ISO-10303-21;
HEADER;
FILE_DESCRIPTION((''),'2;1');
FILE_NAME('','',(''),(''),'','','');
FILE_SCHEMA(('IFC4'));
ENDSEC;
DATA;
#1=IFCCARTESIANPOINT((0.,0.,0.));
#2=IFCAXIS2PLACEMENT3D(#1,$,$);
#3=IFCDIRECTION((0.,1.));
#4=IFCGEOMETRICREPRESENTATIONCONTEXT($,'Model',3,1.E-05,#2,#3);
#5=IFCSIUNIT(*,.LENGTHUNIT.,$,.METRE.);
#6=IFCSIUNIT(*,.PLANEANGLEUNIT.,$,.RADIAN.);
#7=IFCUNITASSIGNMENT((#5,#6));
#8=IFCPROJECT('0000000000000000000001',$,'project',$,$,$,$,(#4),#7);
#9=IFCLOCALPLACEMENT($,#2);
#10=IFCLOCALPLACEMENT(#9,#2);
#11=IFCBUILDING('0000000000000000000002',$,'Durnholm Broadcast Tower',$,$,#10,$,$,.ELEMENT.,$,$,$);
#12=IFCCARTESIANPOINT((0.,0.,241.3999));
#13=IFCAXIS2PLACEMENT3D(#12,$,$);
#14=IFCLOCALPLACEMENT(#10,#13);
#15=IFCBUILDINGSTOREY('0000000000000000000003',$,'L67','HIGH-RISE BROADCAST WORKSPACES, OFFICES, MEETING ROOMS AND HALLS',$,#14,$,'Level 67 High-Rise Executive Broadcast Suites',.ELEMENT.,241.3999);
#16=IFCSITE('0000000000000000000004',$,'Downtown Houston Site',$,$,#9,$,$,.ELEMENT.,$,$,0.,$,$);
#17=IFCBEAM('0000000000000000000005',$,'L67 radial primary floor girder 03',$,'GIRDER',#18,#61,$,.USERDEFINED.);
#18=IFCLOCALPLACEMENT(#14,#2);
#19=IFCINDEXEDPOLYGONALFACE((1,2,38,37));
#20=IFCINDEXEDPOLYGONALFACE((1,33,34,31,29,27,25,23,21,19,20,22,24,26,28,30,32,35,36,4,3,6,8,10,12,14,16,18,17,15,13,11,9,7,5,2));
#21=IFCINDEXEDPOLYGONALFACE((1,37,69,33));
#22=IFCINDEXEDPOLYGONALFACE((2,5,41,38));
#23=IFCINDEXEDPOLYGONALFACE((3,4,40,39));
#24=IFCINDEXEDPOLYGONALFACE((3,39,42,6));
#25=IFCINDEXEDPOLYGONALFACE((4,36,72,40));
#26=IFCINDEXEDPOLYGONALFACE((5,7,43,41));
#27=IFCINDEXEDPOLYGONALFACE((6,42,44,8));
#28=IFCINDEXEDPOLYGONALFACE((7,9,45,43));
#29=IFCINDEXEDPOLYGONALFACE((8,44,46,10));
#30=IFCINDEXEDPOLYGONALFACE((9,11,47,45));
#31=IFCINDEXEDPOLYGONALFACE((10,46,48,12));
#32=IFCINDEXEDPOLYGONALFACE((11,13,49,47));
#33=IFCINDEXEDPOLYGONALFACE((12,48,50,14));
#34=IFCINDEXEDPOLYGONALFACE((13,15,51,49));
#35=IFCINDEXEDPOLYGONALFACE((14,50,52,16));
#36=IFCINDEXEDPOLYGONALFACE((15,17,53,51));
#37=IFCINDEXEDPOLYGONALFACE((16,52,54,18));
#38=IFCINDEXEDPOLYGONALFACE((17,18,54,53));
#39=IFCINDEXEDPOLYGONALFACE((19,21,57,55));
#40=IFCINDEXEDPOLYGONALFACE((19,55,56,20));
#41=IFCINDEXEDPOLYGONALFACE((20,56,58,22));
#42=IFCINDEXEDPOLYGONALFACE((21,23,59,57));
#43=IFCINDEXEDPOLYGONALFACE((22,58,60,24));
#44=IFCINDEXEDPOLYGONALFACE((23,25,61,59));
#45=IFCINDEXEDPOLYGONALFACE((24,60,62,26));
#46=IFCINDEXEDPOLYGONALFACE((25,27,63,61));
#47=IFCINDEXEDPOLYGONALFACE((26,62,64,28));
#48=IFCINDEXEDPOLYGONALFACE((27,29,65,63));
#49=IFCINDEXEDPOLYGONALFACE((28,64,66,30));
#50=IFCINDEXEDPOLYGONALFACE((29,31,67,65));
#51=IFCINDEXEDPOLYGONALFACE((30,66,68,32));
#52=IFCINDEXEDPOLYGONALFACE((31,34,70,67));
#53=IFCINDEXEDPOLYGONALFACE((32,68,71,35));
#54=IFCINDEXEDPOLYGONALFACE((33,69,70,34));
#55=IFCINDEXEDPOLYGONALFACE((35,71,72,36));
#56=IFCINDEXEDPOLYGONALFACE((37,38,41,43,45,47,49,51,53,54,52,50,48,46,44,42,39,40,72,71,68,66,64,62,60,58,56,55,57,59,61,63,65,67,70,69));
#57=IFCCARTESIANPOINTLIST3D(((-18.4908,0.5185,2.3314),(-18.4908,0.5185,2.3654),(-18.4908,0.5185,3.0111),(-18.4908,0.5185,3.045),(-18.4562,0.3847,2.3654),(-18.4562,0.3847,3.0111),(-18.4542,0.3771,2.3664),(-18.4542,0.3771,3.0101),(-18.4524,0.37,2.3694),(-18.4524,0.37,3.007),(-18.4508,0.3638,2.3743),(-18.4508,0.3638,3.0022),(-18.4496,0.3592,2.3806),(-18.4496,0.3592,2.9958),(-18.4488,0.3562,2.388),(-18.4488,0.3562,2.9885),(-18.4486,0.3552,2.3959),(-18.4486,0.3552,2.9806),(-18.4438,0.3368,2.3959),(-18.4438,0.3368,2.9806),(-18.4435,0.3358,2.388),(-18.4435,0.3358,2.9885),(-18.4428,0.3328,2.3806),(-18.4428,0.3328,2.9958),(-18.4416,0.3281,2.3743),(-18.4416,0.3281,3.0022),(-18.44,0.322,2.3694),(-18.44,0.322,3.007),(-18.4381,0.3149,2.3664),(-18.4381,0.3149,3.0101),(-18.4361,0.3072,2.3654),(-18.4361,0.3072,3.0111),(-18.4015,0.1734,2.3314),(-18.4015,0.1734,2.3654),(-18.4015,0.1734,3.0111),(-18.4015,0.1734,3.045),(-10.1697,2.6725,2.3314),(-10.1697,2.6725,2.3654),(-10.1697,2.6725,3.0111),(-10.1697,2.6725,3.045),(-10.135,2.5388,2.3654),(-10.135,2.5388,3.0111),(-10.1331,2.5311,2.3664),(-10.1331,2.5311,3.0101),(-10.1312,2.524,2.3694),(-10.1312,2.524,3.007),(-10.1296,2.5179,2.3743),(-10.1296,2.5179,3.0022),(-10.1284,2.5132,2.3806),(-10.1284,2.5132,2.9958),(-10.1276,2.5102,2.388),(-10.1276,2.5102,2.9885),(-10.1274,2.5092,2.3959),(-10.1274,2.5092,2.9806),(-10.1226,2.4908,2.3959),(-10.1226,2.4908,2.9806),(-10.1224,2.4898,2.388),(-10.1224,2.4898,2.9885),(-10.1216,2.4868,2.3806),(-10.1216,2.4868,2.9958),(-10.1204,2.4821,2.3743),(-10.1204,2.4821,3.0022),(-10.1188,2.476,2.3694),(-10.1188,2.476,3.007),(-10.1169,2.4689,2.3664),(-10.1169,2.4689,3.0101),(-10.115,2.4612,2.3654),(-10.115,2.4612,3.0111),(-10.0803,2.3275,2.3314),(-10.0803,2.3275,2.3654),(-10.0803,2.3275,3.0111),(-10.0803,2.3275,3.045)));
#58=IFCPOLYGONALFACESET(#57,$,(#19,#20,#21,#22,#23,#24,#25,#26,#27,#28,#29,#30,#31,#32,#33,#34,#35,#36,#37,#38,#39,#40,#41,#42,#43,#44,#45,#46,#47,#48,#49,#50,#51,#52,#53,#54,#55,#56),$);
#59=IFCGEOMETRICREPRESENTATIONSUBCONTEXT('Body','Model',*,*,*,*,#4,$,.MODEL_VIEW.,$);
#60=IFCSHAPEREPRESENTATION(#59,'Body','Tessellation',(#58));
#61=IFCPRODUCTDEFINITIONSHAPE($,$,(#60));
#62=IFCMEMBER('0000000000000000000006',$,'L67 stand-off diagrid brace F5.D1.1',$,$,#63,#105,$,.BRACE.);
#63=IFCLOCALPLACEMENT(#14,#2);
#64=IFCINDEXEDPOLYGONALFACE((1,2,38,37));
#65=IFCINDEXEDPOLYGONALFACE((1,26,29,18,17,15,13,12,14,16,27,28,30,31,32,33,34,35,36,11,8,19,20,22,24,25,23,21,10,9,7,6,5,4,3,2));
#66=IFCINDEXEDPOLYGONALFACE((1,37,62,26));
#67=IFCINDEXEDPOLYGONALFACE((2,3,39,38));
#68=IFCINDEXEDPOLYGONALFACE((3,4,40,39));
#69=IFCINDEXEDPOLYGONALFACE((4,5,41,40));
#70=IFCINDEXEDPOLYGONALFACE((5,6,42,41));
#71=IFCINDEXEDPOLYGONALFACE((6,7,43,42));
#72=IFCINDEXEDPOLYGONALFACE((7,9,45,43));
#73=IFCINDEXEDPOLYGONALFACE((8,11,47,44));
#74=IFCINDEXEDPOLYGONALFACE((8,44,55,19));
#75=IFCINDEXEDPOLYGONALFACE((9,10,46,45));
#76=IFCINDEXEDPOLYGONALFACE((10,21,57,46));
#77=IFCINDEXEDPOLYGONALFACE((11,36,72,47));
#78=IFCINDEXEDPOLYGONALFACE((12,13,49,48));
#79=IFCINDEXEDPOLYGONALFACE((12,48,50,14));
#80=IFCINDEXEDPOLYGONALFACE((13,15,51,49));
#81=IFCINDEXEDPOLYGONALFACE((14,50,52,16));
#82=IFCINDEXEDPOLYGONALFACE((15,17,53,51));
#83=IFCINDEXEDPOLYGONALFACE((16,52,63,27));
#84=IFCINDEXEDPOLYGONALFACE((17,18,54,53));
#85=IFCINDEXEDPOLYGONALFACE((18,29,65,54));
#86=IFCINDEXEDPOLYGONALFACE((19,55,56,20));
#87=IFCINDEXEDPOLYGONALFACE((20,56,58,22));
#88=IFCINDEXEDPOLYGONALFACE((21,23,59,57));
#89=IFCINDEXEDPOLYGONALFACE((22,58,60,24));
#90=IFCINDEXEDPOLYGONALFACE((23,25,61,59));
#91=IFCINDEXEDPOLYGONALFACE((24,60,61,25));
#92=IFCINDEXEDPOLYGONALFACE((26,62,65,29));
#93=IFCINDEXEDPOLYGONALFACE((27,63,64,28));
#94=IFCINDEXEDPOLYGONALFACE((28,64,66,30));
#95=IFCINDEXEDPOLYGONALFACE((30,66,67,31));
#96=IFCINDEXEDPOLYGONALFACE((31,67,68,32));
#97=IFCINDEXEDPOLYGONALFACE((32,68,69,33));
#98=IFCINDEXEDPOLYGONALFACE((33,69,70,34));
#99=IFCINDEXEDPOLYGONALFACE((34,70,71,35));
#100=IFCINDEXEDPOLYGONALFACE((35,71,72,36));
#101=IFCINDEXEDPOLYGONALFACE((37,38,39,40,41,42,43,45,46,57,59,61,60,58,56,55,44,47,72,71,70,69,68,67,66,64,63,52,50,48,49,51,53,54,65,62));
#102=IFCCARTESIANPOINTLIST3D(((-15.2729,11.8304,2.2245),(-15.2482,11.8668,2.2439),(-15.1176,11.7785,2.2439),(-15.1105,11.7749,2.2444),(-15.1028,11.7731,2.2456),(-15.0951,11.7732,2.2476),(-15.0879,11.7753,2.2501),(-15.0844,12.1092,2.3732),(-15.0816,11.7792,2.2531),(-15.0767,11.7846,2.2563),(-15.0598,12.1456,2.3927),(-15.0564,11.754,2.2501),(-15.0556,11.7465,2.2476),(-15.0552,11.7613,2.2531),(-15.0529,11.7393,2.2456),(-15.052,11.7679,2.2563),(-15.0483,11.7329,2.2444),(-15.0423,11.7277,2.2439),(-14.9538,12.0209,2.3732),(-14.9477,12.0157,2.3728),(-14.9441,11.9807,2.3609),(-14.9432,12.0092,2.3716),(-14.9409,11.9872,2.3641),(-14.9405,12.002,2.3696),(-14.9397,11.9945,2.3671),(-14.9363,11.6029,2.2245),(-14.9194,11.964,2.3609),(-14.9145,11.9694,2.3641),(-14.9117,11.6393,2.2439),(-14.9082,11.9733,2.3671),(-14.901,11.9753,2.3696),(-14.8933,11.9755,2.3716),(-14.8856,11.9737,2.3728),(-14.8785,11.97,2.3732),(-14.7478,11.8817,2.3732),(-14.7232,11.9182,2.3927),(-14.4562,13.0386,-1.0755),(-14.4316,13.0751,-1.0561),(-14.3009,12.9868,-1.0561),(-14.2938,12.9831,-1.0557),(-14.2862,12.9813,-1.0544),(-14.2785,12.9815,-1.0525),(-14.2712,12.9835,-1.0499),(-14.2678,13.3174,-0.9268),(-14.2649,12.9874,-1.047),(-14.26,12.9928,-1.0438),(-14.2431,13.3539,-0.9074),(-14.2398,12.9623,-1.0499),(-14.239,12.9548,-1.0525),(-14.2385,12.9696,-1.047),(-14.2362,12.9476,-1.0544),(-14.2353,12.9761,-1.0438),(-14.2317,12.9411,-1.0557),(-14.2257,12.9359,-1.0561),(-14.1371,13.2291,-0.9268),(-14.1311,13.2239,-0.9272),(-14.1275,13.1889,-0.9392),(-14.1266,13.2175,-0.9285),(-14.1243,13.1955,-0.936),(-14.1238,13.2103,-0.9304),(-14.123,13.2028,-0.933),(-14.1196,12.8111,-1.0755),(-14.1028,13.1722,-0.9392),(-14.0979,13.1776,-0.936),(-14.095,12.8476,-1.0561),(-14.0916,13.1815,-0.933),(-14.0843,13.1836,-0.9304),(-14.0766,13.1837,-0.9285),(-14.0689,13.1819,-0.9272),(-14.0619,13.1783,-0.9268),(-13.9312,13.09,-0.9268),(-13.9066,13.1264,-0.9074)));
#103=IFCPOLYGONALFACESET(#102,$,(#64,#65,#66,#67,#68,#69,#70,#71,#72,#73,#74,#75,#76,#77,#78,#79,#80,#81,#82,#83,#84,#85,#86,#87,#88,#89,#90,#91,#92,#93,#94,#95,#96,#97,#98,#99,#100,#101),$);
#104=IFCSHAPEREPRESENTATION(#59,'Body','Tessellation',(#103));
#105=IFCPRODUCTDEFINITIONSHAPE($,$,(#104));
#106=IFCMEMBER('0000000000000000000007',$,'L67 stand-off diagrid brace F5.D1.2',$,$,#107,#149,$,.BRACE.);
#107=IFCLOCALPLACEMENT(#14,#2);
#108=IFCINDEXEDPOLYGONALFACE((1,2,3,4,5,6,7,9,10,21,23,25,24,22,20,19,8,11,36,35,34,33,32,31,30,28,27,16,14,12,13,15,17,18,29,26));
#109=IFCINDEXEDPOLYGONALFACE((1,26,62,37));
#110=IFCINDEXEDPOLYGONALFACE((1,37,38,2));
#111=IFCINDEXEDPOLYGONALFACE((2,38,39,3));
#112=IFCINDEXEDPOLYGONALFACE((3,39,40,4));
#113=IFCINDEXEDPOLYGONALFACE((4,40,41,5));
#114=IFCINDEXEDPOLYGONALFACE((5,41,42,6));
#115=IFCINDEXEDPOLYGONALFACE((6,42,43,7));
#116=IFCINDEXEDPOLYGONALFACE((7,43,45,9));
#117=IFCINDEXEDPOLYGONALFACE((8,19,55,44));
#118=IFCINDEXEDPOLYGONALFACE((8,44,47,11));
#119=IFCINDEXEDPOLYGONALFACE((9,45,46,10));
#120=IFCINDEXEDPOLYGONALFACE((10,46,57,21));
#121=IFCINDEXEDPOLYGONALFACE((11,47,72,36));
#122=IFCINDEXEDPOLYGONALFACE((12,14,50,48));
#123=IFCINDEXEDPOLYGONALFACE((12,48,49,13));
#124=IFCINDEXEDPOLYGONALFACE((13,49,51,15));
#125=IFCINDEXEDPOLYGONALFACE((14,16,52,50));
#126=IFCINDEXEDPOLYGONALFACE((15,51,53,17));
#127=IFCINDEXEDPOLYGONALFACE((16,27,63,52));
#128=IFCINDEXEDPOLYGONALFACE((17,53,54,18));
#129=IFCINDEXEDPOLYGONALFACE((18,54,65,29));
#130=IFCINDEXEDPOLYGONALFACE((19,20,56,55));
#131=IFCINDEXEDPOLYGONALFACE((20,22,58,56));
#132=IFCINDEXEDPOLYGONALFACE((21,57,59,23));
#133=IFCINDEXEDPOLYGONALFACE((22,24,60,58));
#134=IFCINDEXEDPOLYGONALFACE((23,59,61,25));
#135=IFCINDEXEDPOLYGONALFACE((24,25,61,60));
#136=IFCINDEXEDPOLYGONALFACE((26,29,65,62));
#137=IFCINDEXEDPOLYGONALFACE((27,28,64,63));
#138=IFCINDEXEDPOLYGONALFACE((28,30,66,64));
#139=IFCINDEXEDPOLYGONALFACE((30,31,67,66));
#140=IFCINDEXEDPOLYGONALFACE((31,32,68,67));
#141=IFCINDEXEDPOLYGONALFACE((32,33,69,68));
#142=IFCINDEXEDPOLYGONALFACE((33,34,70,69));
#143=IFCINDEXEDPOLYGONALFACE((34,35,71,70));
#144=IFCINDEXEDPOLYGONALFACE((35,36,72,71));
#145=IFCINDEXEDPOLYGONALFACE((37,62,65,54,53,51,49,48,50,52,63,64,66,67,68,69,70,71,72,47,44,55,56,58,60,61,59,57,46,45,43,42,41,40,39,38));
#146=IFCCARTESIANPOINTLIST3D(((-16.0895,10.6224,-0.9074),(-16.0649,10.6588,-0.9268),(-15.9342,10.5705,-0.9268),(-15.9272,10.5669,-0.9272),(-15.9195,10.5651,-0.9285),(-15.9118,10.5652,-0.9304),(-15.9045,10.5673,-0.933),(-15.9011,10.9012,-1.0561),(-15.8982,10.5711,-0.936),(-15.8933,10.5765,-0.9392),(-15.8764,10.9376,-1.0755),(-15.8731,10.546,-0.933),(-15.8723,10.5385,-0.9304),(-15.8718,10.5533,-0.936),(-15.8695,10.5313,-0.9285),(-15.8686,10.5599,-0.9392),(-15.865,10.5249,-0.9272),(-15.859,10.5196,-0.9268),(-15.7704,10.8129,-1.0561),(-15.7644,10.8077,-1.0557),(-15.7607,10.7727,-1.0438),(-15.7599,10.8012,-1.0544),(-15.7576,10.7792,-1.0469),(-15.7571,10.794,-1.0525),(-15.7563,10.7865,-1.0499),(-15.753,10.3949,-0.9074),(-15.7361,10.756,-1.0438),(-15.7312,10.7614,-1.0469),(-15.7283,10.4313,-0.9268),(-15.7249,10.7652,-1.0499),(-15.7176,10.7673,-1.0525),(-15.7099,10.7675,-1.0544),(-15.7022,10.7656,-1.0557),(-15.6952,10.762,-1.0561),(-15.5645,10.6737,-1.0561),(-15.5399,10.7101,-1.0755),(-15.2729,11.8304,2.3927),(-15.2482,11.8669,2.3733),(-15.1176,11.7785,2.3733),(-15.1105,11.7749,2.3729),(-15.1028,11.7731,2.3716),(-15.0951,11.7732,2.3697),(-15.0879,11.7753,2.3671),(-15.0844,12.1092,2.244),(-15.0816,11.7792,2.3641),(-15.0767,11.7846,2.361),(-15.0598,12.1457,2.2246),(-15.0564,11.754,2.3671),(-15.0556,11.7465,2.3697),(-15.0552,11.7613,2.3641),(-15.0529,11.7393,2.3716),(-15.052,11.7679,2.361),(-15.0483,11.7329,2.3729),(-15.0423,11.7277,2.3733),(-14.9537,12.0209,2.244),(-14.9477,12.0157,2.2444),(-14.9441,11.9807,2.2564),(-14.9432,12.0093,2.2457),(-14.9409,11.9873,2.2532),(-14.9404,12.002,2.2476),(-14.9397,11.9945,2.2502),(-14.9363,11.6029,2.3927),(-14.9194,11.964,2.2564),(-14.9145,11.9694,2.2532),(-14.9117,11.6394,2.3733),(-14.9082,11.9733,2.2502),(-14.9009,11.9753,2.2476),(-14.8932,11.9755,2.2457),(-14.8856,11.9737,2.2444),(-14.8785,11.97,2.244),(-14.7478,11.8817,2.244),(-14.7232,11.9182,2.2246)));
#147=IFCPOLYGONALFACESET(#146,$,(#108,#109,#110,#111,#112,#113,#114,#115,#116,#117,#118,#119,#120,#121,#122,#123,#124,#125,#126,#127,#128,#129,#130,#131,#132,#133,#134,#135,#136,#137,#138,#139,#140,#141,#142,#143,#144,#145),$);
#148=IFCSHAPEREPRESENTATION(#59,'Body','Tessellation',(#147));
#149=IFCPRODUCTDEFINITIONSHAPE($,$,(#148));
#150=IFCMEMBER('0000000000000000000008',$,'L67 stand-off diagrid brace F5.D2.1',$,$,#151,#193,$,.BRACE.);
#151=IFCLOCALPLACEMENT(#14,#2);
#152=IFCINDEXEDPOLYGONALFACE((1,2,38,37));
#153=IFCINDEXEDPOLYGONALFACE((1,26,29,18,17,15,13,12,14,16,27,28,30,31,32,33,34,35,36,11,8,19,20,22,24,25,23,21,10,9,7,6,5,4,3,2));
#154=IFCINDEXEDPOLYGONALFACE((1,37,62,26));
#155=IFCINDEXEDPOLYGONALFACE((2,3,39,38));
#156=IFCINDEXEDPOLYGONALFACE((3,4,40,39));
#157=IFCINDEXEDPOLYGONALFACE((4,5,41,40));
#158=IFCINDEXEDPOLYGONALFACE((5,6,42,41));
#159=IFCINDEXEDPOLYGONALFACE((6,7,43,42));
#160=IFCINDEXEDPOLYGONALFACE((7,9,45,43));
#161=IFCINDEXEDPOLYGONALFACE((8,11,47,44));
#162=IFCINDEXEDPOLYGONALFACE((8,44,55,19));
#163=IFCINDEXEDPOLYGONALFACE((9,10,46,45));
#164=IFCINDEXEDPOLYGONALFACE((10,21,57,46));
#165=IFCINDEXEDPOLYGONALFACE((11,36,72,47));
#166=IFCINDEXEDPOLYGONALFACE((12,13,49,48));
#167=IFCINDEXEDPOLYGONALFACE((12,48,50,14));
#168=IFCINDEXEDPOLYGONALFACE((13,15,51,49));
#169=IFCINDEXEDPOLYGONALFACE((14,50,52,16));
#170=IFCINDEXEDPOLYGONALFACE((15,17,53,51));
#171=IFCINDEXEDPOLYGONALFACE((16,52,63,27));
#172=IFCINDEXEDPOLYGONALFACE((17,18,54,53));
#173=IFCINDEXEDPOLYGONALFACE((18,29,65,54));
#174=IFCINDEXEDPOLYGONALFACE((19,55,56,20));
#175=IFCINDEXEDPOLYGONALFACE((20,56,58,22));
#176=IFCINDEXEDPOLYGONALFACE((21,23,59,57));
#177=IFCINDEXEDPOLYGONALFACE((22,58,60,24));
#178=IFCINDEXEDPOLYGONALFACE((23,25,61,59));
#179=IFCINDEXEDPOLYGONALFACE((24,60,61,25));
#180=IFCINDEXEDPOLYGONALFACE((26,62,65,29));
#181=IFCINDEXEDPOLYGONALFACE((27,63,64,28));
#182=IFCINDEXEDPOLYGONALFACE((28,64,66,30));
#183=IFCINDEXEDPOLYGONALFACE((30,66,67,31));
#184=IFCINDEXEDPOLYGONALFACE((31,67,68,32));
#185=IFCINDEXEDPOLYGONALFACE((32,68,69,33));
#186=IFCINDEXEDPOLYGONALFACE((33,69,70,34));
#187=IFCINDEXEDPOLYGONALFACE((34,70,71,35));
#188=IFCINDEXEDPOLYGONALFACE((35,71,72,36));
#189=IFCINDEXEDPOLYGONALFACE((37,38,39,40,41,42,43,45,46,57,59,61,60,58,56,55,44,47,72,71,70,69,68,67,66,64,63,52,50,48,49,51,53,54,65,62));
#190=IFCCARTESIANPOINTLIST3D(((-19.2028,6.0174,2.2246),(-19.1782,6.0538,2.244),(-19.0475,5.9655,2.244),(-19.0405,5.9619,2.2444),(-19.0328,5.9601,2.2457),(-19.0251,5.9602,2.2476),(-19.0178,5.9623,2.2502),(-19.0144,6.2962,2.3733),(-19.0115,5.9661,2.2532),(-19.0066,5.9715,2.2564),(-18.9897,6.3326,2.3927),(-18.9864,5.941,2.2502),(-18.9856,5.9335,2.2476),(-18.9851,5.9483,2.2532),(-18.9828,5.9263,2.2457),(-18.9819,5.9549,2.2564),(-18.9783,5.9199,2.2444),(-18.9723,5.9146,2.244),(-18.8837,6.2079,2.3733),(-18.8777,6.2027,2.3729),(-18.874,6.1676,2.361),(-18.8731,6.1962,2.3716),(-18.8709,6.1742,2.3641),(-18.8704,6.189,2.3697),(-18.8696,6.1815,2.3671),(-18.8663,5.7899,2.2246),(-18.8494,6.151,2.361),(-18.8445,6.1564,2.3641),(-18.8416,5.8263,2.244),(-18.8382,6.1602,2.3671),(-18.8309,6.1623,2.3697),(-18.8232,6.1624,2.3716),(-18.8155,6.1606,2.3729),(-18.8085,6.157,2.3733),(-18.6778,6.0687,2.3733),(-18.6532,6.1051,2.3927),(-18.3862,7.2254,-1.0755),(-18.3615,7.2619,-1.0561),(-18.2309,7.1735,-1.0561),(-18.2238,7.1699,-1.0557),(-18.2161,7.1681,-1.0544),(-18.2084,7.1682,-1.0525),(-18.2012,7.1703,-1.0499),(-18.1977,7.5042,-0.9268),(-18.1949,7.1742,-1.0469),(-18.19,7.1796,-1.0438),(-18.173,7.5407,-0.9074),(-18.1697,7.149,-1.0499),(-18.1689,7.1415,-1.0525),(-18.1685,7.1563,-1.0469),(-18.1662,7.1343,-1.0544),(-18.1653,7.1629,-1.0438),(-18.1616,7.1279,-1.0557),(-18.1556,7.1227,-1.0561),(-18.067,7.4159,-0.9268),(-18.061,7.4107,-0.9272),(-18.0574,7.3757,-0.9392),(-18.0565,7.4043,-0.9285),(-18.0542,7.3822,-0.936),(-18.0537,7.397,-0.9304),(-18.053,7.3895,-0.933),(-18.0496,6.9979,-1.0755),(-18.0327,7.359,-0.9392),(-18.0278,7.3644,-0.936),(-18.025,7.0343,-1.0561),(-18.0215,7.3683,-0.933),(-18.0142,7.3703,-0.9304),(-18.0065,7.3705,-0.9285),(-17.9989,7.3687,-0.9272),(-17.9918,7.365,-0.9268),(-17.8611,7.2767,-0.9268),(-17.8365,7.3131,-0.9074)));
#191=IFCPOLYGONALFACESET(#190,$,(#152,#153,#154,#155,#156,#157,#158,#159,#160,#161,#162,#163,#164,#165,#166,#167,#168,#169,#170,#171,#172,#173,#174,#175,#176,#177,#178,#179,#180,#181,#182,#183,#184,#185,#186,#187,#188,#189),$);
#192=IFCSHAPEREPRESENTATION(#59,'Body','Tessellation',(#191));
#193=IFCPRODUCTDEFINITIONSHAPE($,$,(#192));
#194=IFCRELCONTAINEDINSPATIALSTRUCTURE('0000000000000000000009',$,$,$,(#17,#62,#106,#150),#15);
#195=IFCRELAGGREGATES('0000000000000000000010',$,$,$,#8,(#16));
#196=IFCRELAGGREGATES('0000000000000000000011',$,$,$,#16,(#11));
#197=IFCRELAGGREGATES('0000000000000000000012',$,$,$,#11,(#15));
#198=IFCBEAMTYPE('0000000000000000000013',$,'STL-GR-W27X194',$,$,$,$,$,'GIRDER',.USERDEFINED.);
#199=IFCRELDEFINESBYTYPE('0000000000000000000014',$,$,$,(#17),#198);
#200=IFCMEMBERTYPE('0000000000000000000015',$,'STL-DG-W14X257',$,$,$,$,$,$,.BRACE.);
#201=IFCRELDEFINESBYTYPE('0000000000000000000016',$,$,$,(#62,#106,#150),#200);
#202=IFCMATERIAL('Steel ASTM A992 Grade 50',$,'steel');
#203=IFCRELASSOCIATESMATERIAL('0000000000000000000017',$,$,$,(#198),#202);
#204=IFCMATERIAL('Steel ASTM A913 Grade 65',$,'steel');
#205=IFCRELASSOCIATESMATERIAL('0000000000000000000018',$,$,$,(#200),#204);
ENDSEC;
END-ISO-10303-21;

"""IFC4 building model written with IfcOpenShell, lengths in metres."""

from ifc_helpers import new_model, si_unit, direction, frame, origin, origin_2d, place, context, subcontext, project, spatial, i_section, extrude, source, transform, mapped, material, material_profile, profile_set, type_object, type_shapes, element, save


model = new_model("IFC4")

# Units and contexts
model_context = context("Model", 3, precision=1e-05, world=origin(), true_north=direction((0.0, 1.0)))
body_context = subcontext(model_context, "Body", "Model", "MODEL_VIEW")
ifc_project = project(units=[si_unit("LENGTHUNIT", "METRE"), si_unit("PLANEANGLEUNIT", "RADIAN")], contexts=[model_context])

# Site, building, storey
site_placement = place(None, origin())
site = spatial("IfcSite", under=ifc_project, at=site_placement, Name="Downtown Houston Site", CompositionType="ELEMENT", RefElevation=0.0)
building_placement = place(site_placement, origin())
building = spatial("IfcBuilding", under=site, at=building_placement, Name="Durnholm Broadcast Tower", CompositionType="ELEMENT")
storey_placement = place(building_placement, frame((0.0, 0.0, 241.3999)))
storey = spatial("IfcBuildingStorey", under=building, at=storey_placement, Name="L67", Description="HIGH-RISE BROADCAST WORKSPACES, OFFICES, MEETING ROOMS AND HALLS", LongName="Level 67 High-Rise Executive Broadcast Suites", CompositionType="ELEMENT", Elevation=241.3999)

# Beam
ifc_material_1 = material(Name="Steel ASTM A992 Grade 50", Category="steel")
ifc_material_profile_1 = material_profile(ifc_material_1, i_section(OverallWidth=0.3564, OverallDepth=0.7136, WebThickness=0.019, FlangeThickness=0.0339, FilletRadius=0.0305, at=origin_2d()), Name="W27X194")
ifc_profile_set_1 = profile_set([ifc_material_profile_1], Name="Steel ASTM A992 Grade 50")
beam_type_1 = type_object("IfcBeamType", Name="STL-GR-W27X194", ElementType="GIRDER", PredefinedType="USERDEFINED", material=ifc_profile_set_1)
shared_shape_1 = source(origin(), body_context, "Body", "SweptSolid", [
    extrude(i_section(OverallWidth=0.3564, OverallDepth=0.7136, WebThickness=0.019, FlangeThickness=0.0339, FilletRadius=0.0305, at=origin_2d()), origin(), (0.0, 0.0, 1.0), 8.5955),
])
beam_1_placement = place(storey_placement, frame((-10.125, 2.5, 2.6882), z_axis=(-0.968091, -0.2506, 0.0), x_axis=(0.2506, -0.968091, 0.0)))
element("IfcBeam", 1, at=beam_1_placement, inside=storey, type_object=beam_type_1, Name="L67 radial primary floor girder 03", ObjectType="GIRDER", PredefinedType="USERDEFINED", context=body_context, shape_type="MappedRepresentation", body=[
    mapped(shared_shape_1, transform((0.0, 0.0, 0.0), x_axis=(1.0, 0.0, 0.0), y_axis=(0.0, 1.0, 0.0), z_axis=(0.0, 0.0, 1.0), scale=1.0)),
])

# Members
ifc_material_2 = material(Name="Steel ASTM A913 Grade 65", Category="steel")
ifc_material_profile_2 = material_profile(ifc_material_2, i_section(OverallWidth=0.4062, OverallDepth=0.416, WebThickness=0.0298, FlangeThickness=0.0481, FilletRadius=0.0305, at=origin_2d()), Name="W14X257")
ifc_profile_set_2 = profile_set([ifc_material_profile_2], Name="Steel ASTM A913 Grade 65")
member_type_1 = type_object("IfcMemberType", Name="STL-DG-W14X257", PredefinedType="BRACE", material=ifc_profile_set_2)
shared_shape_2 = source(origin(), body_context, "Body", "SweptSolid", [
    extrude(i_section(OverallWidth=0.4062, OverallDepth=0.416, WebThickness=0.0298, FlangeThickness=0.0481, FilletRadius=0.0305, at=origin_2d()), origin(), (0.0, 0.0, 1.0), 3.6079),
])
type_shapes(member_type_1, [shared_shape_2])
for number, where, z_axis, x_axis, name in (
    (2, (-14.1814, 13.0825, -0.9915), (-0.226349, -0.334888, 0.914667), (0.828505, -0.559982, 0.0), "L67 stand-off diagrid brace F5.D1.1"),
    (3, (-15.8147, 10.6663, -0.9915), (0.226354, 0.334828, 0.914688), (-0.828452, 0.560059, 0.0), "L67 stand-off diagrid brace F5.D1.2"),
    (4, (-18.1113, 7.2693, -0.9915), (-0.226354, -0.334828, 0.914688), (0.828452, -0.560059, 0.0), "L67 stand-off diagrid brace F5.D2.1"),
):
    element("IfcMember", number, at=place(storey_placement, frame(where, z_axis=z_axis, x_axis=x_axis)), inside=storey, type_object=member_type_1, Name=name, PredefinedType="BRACE", context=body_context, shape_type="MappedRepresentation", body=[
        mapped(shared_shape_2, transform((0.0, 0.0, 0.0), x_axis=(1.0, 0.0, 0.0), y_axis=(0.0, 1.0, 0.0), z_axis=(0.0, 0.0, 1.0), scale=1.0)),
    ])

save(model, "model.ifc")
